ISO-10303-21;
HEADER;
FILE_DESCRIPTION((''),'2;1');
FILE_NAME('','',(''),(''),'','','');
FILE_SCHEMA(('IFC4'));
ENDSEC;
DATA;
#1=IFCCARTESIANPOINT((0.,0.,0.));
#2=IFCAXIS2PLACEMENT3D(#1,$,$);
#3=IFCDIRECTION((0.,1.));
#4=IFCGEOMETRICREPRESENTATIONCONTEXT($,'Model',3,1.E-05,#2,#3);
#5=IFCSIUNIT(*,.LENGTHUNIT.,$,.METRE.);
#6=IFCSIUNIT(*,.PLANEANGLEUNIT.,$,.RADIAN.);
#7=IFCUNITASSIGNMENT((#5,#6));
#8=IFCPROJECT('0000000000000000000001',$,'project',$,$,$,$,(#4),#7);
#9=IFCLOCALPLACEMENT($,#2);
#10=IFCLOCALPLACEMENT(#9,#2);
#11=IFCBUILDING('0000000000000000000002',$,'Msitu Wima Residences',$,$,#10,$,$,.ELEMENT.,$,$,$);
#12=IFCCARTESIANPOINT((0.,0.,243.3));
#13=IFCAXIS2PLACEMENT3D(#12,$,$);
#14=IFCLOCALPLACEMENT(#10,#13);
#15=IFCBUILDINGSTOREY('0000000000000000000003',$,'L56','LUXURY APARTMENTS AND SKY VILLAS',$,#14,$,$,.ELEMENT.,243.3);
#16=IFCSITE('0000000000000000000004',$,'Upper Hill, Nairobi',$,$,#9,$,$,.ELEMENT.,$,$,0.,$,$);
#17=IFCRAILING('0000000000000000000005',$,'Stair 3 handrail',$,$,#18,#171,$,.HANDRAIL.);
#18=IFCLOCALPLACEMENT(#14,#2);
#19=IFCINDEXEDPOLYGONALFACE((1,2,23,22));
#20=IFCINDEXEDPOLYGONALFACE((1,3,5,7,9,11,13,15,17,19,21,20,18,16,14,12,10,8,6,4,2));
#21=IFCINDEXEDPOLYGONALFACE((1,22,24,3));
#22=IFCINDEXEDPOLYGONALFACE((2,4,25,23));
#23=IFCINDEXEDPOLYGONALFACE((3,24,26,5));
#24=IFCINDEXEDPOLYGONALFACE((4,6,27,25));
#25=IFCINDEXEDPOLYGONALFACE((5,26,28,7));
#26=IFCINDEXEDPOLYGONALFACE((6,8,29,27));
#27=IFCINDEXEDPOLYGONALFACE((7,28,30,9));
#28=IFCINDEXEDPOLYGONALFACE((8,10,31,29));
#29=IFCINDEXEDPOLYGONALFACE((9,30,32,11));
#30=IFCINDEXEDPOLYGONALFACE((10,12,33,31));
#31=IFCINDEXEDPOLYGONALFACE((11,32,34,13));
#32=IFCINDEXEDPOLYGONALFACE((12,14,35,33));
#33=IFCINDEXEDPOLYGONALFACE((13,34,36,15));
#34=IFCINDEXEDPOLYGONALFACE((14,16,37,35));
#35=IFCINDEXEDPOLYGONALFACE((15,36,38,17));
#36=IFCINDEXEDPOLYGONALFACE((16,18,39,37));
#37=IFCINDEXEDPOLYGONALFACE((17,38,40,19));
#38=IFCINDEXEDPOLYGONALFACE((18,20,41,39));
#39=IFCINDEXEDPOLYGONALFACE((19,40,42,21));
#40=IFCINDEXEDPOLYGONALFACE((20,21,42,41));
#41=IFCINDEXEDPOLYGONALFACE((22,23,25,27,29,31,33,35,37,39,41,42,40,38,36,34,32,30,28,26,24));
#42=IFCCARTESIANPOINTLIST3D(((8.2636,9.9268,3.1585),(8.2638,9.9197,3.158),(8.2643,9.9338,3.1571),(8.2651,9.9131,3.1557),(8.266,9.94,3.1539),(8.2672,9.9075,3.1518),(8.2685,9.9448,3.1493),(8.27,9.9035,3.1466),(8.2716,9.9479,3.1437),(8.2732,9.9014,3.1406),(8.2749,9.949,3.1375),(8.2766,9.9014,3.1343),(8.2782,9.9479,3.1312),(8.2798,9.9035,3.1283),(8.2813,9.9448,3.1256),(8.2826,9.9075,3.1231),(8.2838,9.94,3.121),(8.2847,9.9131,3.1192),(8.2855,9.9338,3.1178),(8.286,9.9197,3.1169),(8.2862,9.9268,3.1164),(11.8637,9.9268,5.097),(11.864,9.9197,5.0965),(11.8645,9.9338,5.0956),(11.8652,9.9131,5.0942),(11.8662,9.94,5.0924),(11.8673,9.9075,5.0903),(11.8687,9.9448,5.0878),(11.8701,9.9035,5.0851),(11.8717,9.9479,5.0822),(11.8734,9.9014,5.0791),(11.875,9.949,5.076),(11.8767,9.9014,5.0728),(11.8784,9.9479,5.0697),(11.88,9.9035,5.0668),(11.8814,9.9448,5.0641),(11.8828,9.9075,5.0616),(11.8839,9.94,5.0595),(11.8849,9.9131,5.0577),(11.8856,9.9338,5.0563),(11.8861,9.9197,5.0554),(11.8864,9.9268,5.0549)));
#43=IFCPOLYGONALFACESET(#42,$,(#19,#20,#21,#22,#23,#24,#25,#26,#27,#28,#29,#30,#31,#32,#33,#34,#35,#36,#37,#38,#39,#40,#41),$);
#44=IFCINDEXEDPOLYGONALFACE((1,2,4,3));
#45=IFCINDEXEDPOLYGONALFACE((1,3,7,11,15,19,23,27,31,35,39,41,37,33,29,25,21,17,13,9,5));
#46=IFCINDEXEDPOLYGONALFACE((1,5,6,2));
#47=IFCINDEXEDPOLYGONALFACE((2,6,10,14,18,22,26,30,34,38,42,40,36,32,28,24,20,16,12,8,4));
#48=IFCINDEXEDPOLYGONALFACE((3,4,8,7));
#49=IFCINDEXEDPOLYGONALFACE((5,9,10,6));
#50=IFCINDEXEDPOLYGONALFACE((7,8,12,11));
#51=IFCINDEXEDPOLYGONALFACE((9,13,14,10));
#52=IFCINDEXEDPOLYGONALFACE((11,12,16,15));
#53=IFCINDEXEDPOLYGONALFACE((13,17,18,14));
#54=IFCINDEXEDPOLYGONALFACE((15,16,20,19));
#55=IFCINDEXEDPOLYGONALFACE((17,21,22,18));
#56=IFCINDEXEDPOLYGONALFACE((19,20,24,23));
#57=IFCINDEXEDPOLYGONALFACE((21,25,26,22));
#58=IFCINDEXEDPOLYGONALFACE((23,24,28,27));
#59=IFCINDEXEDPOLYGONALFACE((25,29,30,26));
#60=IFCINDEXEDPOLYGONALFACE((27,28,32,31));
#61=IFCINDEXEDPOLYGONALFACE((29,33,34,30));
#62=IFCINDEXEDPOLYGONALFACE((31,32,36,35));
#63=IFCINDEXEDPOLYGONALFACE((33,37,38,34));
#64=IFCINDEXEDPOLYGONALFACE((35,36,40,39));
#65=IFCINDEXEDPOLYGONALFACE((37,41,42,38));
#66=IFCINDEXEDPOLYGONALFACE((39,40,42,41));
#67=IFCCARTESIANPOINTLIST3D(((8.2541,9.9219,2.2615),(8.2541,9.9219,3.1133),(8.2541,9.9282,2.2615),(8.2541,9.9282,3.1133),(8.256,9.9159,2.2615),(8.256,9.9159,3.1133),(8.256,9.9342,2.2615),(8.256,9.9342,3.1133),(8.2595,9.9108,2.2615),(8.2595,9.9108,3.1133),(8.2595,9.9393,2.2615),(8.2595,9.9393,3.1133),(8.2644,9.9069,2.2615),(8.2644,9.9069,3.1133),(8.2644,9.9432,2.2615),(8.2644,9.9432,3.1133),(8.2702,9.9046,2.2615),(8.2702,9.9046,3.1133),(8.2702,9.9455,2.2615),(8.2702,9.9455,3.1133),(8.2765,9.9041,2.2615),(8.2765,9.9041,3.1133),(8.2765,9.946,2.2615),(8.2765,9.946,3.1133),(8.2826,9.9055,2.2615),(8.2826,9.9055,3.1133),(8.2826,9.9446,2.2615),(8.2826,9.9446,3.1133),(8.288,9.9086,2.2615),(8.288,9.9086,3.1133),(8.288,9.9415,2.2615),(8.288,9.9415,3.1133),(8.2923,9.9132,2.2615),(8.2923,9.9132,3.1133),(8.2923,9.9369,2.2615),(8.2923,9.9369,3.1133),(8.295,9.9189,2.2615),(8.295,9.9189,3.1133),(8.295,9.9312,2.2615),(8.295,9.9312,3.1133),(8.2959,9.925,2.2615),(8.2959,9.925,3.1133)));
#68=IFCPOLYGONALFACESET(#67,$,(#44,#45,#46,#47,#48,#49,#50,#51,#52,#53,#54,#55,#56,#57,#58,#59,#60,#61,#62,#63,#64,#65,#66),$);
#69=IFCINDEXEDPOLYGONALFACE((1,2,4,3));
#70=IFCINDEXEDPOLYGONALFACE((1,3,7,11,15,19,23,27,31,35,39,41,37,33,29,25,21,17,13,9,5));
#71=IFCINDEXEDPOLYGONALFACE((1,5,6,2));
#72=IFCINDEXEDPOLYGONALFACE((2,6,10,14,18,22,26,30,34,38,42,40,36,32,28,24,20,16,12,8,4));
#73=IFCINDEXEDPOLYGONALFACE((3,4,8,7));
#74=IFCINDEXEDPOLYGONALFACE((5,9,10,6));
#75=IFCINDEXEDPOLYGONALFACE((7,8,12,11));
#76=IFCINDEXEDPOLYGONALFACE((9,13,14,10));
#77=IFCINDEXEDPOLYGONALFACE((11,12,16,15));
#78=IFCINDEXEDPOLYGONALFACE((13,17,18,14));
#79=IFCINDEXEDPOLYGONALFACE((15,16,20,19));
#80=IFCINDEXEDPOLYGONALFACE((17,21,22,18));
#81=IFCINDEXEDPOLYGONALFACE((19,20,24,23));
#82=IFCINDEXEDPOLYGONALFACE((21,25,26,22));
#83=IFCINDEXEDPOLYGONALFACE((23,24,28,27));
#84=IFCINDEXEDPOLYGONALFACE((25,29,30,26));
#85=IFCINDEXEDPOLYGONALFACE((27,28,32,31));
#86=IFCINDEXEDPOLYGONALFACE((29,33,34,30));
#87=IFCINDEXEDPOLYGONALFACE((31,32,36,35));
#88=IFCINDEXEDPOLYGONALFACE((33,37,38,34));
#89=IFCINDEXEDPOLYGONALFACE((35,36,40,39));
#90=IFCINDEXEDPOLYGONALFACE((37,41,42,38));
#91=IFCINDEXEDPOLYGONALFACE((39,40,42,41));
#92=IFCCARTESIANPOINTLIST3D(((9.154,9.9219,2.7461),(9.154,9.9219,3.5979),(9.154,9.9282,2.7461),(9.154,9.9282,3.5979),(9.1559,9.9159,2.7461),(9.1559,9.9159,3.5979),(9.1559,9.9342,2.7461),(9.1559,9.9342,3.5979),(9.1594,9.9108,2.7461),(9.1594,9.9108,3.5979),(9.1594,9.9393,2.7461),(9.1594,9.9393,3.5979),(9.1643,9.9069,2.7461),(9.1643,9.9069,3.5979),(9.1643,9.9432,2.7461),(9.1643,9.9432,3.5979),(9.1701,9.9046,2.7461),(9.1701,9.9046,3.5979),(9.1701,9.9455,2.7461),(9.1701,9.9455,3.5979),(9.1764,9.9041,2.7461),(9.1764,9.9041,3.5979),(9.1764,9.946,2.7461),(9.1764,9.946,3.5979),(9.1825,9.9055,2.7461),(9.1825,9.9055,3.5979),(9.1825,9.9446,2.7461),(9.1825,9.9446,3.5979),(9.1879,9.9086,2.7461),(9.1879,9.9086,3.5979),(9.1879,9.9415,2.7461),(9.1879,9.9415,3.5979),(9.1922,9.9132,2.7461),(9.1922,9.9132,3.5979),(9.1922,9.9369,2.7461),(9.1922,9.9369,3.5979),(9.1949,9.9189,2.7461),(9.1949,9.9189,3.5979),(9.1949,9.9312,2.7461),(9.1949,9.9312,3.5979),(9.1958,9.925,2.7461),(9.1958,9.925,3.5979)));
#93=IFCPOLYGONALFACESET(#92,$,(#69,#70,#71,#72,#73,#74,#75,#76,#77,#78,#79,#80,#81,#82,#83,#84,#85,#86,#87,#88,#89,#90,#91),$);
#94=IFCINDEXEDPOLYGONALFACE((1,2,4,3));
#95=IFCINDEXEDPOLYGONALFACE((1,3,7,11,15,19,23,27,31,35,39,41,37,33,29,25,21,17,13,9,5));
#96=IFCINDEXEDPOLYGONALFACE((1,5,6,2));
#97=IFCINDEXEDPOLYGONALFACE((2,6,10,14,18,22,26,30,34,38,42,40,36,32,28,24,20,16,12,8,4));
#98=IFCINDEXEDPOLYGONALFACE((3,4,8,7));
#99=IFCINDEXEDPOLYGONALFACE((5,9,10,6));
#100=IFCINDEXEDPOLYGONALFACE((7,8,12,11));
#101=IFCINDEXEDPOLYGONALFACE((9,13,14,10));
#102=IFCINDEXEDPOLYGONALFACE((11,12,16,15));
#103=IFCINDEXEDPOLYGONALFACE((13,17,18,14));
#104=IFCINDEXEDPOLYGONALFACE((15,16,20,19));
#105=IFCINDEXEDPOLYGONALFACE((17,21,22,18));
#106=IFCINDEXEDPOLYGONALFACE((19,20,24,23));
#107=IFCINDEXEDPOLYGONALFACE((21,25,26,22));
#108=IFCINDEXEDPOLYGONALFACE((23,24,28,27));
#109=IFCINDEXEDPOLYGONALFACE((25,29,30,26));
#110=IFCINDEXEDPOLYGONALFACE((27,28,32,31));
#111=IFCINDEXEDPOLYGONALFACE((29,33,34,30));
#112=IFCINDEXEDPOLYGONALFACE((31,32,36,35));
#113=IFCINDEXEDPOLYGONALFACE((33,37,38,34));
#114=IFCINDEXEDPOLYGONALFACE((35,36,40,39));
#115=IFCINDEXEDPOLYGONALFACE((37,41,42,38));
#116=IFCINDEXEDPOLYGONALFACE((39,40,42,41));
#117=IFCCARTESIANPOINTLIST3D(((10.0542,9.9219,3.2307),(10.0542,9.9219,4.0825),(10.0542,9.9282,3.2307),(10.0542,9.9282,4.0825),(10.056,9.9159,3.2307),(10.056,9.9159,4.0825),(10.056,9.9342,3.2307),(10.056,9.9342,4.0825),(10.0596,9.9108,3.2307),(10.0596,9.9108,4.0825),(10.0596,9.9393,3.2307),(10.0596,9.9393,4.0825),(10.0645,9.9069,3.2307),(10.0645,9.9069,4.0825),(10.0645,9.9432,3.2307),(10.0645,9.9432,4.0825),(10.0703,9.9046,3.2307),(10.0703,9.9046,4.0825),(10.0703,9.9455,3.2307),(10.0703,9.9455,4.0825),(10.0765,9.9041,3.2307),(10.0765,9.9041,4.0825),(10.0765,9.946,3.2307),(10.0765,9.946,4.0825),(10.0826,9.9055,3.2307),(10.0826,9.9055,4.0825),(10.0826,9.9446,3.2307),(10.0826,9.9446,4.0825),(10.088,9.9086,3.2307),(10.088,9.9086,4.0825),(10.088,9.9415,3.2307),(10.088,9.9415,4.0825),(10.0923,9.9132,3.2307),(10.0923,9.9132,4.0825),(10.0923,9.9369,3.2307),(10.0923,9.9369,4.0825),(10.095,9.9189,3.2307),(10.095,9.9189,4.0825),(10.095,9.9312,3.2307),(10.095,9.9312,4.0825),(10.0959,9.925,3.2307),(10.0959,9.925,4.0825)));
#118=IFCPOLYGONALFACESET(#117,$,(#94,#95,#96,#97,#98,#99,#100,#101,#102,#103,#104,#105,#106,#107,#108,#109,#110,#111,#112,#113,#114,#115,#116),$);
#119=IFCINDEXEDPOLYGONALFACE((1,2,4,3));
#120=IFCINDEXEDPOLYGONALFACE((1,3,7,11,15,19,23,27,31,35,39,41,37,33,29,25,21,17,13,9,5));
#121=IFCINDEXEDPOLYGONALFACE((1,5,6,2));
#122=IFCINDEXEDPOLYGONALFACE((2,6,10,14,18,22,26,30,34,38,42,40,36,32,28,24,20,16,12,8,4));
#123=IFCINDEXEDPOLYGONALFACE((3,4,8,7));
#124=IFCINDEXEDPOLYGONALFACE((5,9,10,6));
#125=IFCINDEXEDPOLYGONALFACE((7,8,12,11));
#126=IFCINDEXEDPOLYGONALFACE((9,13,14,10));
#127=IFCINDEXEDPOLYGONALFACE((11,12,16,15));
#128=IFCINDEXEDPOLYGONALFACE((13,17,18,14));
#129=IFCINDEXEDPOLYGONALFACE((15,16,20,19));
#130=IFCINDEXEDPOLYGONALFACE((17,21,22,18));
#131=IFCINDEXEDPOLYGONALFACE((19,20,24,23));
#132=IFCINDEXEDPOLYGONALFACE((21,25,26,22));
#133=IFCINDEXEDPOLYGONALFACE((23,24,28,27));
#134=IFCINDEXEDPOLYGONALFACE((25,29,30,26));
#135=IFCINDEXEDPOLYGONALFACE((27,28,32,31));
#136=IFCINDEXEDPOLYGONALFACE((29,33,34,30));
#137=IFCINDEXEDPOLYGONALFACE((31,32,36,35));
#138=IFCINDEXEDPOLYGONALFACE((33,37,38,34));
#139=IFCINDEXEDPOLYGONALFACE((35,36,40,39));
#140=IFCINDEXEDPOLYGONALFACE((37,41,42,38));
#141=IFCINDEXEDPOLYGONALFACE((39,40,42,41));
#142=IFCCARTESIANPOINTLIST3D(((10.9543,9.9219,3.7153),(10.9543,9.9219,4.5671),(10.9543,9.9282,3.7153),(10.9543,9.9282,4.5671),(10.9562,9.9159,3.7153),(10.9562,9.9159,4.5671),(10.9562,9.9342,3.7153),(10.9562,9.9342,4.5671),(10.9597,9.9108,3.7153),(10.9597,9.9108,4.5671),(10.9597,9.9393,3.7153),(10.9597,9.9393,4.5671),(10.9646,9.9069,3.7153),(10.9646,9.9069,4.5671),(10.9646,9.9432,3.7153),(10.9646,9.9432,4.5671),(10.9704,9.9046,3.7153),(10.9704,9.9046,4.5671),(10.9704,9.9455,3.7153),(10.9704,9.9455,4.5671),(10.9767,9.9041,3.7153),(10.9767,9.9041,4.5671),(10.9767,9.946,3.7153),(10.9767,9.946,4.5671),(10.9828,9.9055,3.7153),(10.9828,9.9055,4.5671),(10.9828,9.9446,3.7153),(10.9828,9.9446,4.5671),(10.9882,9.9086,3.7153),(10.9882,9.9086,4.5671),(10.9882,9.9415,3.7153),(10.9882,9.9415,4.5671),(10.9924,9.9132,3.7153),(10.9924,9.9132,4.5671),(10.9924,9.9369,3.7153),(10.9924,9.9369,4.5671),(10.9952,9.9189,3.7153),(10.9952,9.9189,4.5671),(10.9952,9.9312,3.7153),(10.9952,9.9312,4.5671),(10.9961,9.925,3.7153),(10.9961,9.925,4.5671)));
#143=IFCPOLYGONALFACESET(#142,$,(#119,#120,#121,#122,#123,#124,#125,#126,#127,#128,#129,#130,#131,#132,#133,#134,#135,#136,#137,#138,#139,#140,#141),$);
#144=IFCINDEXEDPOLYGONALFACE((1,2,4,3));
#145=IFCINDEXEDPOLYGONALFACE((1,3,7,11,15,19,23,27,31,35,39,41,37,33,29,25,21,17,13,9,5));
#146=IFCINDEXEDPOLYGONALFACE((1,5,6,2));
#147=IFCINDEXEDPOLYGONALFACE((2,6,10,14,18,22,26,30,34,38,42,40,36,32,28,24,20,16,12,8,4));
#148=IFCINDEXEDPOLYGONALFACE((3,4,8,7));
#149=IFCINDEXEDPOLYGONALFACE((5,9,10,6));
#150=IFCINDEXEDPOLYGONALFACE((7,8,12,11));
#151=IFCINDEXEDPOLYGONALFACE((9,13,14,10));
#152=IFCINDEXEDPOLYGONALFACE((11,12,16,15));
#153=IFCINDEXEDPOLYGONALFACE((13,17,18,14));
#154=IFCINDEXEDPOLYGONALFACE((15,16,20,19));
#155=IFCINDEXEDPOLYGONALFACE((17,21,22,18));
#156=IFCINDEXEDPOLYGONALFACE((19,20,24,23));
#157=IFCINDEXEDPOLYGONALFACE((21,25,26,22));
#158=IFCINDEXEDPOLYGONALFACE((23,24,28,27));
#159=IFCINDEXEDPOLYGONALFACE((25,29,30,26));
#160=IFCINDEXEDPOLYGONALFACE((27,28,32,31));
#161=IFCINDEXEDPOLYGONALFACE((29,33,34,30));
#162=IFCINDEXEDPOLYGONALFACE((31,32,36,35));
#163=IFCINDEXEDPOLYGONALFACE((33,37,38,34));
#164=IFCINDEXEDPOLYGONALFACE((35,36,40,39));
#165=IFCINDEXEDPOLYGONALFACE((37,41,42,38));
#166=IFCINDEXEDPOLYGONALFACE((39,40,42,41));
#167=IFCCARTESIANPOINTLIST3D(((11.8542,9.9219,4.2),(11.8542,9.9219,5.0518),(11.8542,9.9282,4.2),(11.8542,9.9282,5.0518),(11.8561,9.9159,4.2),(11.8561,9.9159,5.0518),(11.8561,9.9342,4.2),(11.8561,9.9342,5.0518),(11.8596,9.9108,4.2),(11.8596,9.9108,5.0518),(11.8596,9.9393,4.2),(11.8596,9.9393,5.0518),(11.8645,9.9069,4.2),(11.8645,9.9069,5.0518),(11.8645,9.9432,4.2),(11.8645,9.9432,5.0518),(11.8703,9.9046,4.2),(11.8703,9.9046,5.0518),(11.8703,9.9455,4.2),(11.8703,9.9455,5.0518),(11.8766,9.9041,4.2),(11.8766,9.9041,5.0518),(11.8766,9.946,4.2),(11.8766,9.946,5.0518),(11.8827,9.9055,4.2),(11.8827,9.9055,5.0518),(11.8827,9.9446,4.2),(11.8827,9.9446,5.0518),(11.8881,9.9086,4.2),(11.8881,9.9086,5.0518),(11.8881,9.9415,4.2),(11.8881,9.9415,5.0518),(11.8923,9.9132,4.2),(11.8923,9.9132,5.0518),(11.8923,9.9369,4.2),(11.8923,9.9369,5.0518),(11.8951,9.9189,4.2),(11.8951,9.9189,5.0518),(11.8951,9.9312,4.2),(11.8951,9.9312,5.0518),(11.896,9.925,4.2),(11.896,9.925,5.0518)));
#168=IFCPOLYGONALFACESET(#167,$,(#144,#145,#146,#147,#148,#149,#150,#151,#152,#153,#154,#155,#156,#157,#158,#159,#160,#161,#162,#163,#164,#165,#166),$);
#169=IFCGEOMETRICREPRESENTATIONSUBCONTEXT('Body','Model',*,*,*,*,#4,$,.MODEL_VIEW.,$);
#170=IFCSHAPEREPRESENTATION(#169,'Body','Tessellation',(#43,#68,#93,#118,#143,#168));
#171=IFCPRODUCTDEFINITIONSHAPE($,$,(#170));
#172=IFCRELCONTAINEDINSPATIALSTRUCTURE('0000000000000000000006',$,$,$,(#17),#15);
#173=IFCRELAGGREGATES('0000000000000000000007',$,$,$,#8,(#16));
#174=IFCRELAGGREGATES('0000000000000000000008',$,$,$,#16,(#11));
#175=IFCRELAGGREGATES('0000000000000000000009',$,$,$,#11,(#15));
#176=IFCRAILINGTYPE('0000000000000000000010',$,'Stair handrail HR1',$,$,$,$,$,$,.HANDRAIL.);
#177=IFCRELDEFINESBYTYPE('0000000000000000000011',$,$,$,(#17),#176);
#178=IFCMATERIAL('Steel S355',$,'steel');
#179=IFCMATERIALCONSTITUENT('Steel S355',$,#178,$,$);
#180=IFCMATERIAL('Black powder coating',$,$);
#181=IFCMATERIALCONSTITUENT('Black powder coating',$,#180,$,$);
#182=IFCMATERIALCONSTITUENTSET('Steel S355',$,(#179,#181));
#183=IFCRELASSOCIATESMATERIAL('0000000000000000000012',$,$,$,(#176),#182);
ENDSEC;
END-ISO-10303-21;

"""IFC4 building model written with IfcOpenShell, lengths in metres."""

from ifc_helpers import new_model, si_unit, direction, frame, origin, origin_2d, place, context, subcontext, project, spatial, circle, extrude, material, constituent, constituent_set, type_object, element, save


model = new_model("IFC4")

# Units and contexts
model_context = context("Model", 3, precision=1e-05, world=origin(), true_north=direction((0.0, 1.0)))
body_context = subcontext(model_context, "Body", "Model", "MODEL_VIEW")
ifc_project = project(units=[si_unit("LENGTHUNIT", "METRE"), si_unit("PLANEANGLEUNIT", "RADIAN")], contexts=[model_context])

# Site, building, storey
site_placement = place(None, origin())
site = spatial("IfcSite", under=ifc_project, at=site_placement, Name="Upper Hill, Nairobi", CompositionType="ELEMENT", RefElevation=0.0)
building_placement = place(site_placement, origin())
building = spatial("IfcBuilding", under=site, at=building_placement, Name="Msitu Wima Residences", CompositionType="ELEMENT")
storey_placement = place(building_placement, frame((0.0, 0.0, 243.3)))
storey = spatial("IfcBuildingStorey", under=building, at=storey_placement, Name="L56", Description="LUXURY APARTMENTS AND SKY VILLAS", CompositionType="ELEMENT", Elevation=243.3)

# Railing
ifc_material_1 = material(Name="Steel S355", Category="steel")
ifc_constituent_1 = constituent(ifc_material_1, Name="Steel S355")
ifc_material_2 = material(Name="Black powder coating")
ifc_constituent_2 = constituent(ifc_material_2, Name="Black powder coating")
ifc_constituent_set = constituent_set(constituents=[ifc_constituent_1, ifc_constituent_2], Name="Steel S355")
railing_type = type_object("IfcRailingType", Name="Stair handrail HR1", PredefinedType="HANDRAIL", material=ifc_constituent_set)
railing_placement = place(storey_placement, frame((8.2749, 9.925, 2.2615)))
element("IfcRailing", 1, at=railing_placement, inside=storey, type_object=railing_type, Name="Stair 3 handrail", PredefinedType="HANDRAIL", context=body_context, shape_type="SweptSolid", body=[
    extrude(circle(Radius=0.0239, at=origin_2d()), frame((0.0, 0.0, 0.876), z_axis=(0.880475, 0.0, 0.474093), x_axis=(0.0, 1.0, 0.0)), (0.0, 0.0, 1.0), 4.0889),
    extrude(circle(Radius=0.021, at=origin_2d()), origin(), (0.0, 0.0, 1.0), 0.8518),
    extrude(circle(Radius=0.021, at=origin_2d()), frame((0.8999, 0.0, 0.4846)), (0.0, 0.0, 1.0), 0.8518),
    extrude(circle(Radius=0.021, at=origin_2d()), frame((1.8, 0.0, 0.9692)), (0.0, 0.0, 1.0), 0.8518),
    extrude(circle(Radius=0.021, at=origin_2d()), frame((2.7002, 0.0, 1.4539)), (0.0, 0.0, 1.0), 0.8518),
    extrude(circle(Radius=0.021, at=origin_2d()), frame((3.6001, 0.0, 1.9385)), (0.0, 0.0, 1.0), 0.8518),
])

save(model, "model.ifc")
